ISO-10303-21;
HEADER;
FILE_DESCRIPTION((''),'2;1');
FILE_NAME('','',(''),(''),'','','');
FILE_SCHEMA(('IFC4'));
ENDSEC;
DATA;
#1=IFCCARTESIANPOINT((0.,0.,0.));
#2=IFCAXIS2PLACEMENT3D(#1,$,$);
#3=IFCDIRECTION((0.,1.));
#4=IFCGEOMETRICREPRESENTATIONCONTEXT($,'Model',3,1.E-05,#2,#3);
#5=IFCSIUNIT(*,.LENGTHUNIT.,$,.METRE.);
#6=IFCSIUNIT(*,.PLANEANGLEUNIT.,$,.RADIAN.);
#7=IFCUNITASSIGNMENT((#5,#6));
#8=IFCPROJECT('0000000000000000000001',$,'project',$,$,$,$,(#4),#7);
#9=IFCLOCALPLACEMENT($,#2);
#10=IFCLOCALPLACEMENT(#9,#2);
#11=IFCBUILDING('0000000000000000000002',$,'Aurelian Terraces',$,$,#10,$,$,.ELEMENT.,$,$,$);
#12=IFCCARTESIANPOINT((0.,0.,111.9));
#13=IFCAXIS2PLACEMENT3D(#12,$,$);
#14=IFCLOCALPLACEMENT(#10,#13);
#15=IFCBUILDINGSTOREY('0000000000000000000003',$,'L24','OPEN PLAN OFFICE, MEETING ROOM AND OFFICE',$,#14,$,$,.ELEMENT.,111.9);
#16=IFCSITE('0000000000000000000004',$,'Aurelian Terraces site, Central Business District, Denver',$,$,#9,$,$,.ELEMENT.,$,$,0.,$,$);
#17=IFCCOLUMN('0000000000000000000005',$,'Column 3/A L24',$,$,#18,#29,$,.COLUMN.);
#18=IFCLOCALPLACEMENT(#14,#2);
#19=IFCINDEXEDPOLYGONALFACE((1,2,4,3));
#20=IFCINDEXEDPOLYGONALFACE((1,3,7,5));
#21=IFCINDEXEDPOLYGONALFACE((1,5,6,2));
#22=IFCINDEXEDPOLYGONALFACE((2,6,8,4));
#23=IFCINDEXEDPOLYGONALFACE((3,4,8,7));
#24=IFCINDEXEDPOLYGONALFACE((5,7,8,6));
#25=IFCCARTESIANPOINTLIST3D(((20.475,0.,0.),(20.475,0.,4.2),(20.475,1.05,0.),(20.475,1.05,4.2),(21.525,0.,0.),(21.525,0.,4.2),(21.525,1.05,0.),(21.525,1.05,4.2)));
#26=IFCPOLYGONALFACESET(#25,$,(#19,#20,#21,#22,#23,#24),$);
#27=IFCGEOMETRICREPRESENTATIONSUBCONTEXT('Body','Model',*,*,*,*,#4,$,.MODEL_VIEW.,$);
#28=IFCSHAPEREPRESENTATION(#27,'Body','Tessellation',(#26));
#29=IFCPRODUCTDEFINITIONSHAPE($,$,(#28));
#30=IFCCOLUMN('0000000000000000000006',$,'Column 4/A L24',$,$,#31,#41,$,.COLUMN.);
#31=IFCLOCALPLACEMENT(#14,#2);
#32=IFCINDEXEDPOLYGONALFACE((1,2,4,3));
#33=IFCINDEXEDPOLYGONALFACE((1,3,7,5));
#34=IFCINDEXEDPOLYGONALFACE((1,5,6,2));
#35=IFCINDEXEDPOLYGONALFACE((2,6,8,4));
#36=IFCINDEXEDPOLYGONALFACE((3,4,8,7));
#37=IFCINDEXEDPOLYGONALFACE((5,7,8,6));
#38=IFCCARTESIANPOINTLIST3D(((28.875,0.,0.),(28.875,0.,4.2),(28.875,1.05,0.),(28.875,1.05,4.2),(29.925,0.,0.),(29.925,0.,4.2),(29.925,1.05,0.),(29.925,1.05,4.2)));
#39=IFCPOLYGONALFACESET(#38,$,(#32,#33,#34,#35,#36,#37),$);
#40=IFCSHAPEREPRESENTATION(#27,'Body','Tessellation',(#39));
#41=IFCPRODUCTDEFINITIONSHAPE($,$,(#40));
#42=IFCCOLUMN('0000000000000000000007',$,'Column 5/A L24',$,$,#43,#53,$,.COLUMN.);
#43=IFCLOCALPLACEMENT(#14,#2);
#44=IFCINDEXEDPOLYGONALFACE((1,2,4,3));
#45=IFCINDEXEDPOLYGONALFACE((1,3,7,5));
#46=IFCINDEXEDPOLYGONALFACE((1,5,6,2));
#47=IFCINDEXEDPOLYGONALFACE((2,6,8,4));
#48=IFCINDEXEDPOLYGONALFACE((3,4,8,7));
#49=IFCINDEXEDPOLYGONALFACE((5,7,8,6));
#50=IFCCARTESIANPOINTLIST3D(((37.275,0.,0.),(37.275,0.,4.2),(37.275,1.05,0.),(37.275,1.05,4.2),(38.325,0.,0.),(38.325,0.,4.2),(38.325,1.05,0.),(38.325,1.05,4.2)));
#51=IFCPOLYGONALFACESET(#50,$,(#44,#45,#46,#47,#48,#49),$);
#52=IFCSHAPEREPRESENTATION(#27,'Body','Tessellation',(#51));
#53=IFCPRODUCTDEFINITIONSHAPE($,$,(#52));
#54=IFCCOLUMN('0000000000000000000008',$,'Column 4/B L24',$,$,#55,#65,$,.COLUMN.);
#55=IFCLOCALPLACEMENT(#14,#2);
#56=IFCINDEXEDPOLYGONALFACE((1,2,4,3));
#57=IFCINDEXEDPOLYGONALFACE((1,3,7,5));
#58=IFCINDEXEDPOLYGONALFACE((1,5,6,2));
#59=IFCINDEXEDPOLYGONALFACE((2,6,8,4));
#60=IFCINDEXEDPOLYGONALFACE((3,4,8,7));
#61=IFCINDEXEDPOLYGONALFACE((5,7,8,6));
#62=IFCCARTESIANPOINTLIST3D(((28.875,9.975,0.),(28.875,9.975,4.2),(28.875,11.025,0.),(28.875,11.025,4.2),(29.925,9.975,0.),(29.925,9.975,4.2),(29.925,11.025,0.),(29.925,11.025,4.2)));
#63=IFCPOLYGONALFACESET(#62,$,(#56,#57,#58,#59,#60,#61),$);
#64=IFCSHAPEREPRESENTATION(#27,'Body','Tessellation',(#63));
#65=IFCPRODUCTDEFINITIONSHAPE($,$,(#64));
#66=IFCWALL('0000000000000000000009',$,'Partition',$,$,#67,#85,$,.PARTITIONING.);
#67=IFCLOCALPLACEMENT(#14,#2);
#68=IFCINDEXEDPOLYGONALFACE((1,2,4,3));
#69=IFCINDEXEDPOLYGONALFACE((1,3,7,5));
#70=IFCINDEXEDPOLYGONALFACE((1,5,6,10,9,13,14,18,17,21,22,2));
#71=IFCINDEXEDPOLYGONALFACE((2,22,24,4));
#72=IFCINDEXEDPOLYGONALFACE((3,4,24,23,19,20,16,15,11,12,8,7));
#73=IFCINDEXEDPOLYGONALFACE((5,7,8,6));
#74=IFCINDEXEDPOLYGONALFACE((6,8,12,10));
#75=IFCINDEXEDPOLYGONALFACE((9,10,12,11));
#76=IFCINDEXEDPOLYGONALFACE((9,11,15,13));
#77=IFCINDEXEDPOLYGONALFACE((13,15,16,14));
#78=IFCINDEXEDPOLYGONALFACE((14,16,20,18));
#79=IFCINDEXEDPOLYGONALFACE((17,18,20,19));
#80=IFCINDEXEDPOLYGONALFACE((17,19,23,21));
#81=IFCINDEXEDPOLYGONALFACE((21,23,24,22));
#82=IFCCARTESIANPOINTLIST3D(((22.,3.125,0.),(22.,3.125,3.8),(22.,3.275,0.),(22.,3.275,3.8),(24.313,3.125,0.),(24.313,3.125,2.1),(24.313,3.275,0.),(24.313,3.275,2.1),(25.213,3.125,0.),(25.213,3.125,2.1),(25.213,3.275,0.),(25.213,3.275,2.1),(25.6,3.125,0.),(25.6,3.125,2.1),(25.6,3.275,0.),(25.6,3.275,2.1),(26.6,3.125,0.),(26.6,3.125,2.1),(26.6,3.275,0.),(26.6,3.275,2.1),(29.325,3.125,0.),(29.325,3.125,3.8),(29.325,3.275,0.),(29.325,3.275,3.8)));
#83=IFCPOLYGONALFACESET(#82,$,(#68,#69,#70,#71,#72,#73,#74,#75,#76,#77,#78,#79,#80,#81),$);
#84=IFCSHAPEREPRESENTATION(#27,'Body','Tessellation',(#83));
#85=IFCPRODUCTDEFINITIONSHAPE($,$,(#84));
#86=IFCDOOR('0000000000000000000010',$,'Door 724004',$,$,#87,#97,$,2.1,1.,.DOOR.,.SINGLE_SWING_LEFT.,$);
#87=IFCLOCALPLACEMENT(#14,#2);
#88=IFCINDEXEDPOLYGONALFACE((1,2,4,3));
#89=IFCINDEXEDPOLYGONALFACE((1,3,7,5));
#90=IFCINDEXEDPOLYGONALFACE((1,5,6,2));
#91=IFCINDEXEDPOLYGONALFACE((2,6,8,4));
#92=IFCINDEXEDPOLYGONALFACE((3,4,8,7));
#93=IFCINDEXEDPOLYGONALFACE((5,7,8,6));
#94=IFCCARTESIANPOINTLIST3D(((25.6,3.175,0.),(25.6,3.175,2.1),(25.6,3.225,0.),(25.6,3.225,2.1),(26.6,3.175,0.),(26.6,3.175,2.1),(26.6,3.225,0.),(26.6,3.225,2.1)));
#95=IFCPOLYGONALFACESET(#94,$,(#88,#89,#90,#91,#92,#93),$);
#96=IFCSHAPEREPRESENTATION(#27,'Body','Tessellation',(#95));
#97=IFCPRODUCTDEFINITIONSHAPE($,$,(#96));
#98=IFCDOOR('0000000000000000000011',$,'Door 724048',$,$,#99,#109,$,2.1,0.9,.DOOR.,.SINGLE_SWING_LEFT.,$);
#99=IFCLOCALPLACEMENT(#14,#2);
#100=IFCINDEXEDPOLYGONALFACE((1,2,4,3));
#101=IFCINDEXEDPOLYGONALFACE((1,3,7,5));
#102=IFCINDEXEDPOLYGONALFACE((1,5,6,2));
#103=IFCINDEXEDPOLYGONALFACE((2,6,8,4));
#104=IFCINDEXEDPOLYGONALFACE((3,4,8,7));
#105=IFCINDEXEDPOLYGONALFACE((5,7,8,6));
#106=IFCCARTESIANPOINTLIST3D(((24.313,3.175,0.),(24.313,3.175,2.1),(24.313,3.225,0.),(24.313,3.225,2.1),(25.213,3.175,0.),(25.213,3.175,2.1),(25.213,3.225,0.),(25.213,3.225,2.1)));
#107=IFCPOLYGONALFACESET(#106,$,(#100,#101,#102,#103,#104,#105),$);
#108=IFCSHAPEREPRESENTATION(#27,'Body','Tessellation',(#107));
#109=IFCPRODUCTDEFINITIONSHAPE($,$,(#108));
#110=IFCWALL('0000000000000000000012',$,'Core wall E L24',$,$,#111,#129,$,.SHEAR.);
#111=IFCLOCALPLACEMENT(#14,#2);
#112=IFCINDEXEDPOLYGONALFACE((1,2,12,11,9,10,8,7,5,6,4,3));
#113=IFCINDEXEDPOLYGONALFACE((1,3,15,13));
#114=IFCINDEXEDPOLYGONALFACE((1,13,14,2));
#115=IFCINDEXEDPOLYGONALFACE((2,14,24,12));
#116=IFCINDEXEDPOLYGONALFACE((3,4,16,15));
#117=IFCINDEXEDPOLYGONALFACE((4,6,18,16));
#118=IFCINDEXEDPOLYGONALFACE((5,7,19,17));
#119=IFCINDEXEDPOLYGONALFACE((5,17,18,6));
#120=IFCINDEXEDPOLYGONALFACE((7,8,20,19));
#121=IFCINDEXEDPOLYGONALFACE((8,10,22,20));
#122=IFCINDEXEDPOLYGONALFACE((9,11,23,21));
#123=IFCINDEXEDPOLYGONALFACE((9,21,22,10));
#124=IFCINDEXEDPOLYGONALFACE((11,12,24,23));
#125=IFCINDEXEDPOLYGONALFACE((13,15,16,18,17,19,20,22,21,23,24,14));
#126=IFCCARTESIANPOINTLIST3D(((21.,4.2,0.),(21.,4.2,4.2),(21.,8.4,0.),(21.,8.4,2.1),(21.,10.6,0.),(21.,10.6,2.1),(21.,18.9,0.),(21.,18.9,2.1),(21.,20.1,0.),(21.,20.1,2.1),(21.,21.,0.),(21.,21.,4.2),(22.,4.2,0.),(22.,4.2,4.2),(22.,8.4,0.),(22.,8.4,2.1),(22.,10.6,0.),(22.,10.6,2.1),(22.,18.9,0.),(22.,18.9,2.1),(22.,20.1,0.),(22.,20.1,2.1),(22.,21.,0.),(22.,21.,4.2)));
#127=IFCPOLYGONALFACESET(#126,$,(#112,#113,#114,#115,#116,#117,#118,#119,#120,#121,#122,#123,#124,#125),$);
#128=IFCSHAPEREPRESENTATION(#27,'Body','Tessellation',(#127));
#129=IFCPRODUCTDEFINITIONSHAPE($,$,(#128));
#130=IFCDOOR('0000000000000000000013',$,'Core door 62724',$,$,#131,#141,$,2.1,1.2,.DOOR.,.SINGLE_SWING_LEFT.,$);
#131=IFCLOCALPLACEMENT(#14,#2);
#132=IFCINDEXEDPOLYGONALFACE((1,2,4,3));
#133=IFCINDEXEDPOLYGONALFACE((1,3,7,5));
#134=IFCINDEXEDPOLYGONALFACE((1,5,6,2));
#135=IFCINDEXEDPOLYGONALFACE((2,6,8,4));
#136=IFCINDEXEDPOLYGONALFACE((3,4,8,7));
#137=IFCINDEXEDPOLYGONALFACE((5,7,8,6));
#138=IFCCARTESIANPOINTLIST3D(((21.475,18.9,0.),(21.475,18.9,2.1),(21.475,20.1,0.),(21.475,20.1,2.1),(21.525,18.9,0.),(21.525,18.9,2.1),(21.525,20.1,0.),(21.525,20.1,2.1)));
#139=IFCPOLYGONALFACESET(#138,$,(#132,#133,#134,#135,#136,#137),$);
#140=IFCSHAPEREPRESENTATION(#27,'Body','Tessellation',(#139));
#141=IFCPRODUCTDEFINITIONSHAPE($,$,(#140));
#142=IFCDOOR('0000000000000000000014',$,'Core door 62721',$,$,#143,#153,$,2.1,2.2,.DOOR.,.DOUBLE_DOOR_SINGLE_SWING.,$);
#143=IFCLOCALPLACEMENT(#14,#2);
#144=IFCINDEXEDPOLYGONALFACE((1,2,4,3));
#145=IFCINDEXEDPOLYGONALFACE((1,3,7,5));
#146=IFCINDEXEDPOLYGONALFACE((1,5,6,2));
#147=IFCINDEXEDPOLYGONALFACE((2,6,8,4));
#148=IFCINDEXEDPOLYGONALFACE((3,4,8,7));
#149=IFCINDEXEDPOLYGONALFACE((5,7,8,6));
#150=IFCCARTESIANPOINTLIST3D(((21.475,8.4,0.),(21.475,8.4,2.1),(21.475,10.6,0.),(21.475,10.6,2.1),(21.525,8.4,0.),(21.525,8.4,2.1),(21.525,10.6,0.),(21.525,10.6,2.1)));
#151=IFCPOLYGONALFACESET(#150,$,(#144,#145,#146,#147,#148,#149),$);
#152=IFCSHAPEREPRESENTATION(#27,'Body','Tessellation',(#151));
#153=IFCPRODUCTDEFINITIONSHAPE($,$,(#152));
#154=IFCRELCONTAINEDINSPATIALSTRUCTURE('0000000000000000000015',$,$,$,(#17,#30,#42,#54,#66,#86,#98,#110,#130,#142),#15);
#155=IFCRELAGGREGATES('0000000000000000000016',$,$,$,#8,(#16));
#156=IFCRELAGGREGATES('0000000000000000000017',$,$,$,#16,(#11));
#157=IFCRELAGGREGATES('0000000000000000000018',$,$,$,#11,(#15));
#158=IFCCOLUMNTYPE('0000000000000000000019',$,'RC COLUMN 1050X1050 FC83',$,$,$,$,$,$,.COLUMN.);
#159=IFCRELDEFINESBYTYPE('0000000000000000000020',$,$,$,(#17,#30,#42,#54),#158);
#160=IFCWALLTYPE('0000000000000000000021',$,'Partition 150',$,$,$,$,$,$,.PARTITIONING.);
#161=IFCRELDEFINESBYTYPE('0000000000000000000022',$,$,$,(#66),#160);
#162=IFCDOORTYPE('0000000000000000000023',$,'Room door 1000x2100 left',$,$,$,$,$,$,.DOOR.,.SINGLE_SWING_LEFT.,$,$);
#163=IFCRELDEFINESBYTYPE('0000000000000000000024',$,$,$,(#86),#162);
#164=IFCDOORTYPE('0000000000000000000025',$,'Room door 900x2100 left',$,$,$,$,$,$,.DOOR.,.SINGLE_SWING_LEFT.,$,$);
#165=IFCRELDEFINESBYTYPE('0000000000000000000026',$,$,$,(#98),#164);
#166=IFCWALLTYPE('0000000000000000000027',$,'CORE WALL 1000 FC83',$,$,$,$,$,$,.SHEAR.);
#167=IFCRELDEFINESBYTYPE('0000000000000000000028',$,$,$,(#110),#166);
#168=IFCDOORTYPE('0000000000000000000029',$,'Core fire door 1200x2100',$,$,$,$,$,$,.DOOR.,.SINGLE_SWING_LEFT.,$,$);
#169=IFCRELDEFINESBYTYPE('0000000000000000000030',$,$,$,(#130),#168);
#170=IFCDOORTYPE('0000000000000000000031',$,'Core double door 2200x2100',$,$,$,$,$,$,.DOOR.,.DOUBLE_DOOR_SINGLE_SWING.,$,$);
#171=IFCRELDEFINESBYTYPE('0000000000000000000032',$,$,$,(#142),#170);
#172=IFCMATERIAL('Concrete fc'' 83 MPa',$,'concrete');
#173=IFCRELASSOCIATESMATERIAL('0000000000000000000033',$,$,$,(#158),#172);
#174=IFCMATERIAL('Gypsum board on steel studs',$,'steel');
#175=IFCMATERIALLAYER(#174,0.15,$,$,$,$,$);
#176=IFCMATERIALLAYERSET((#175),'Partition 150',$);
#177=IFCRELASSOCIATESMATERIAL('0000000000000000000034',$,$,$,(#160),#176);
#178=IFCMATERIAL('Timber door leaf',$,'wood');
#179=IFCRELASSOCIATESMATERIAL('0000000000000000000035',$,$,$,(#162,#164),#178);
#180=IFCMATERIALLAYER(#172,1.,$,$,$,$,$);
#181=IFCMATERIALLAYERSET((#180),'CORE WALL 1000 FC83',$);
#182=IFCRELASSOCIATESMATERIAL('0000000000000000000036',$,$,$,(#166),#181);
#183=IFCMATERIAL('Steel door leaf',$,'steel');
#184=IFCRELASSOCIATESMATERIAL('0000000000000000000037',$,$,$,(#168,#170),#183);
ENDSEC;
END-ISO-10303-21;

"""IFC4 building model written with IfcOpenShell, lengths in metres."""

from ifc_helpers import new_model, si_unit, direction, frame, frame_2d, origin, origin_2d, place, context, subcontext, project, spatial, rectangle, extrude, source, transform, mapped, material, layer, layer_set, material_profile, profile_set, type_object, element, fill, save


model = new_model("IFC4")

# Units and contexts
model_context = context("Model", 3, precision=1e-05, world=origin(), true_north=direction((0.0, 1.0)))
body_context = subcontext(model_context, "Body", "Model", "MODEL_VIEW")
ifc_project = project(units=[si_unit("LENGTHUNIT", "METRE"), si_unit("PLANEANGLEUNIT", "RADIAN")], contexts=[model_context])

# Site, building, storey
site_placement = place(None, origin())
site = spatial("IfcSite", under=ifc_project, at=site_placement, Name="Aurelian Terraces site, Central Business District, Denver", CompositionType="ELEMENT", RefElevation=0.0)
building_placement = place(site_placement, origin())
building = spatial("IfcBuilding", under=site, at=building_placement, Name="Aurelian Terraces", CompositionType="ELEMENT")
storey_placement = place(building_placement, frame((0.0, 0.0, 111.9)))
storey = spatial("IfcBuildingStorey", under=building, at=storey_placement, Name="L24", Description="OPEN PLAN OFFICE, MEETING ROOM AND OFFICE", CompositionType="ELEMENT", Elevation=111.9)

# Columns
ifc_material_1 = material(Name="Concrete fc' 83 MPa", Category="concrete")
ifc_material_profile = material_profile(ifc_material_1, rectangle(XDim=1.05, YDim=1.05, at=origin_2d()))
ifc_profile_set = profile_set([ifc_material_profile], Name="Concrete fc' 83 MPa")
column_type = type_object("IfcColumnType", Name="RC COLUMN 1050X1050 FC83", PredefinedType="COLUMN", material=ifc_profile_set)
shared_shape_1 = source(origin(), body_context, "Body", "SweptSolid", [
    extrude(rectangle(XDim=1.05, YDim=1.05, at=origin_2d()), origin(), (0.0, 0.0, 1.0), 4.2),
])
for number, where, z_axis, x_axis, name in (
    (1, (21.0, 0.525, 0.0), (0.0, 0.0, 1.0), (1.0, 0.0, 0.0), "Column 3/A L24"),
    (2, (29.4, 0.525, 0.0), (0.0, 0.0, 1.0), (1.0, 0.0, 0.0), "Column 4/A L24"),
    (3, (37.8, 0.525, 0.0), (0.0, 0.0, 1.0), (1.0, 0.0, 0.0), "Column 5/A L24"),
    (4, (29.4, 10.5, 0.0), (0.0, 0.0, 1.0), (1.0, 0.0, 0.0), "Column 4/B L24"),
):
    element("IfcColumn", number, at=place(storey_placement, frame(where, z_axis=z_axis, x_axis=x_axis)), inside=storey, type_object=column_type, Name=name, PredefinedType="COLUMN", context=body_context, shape_type="MappedRepresentation", body=[
        mapped(shared_shape_1, transform((0.0, 0.0, 0.0), scale=1.0)),
    ])

# Walls, openings, doors
ifc_material_2 = material(Name="Gypsum board on steel studs", Category="steel")
ifc_layer_1 = layer(ifc_material_2, 0.15)
ifc_layer_set_1 = layer_set([ifc_layer_1], Name="Partition 150")
wall_type_1 = type_object("IfcWallType", Name="Partition 150", PredefinedType="PARTITIONING", material=ifc_layer_set_1)
wall_1_placement = place(storey_placement, frame((22.0, 3.2, 0.0), z_axis=(0.0, 0.0, 1.0), x_axis=(1.0, 0.0, 0.0)))
wall_1 = element("IfcWall", 5, at=wall_1_placement, inside=storey, type_object=wall_type_1, Name="Partition", PredefinedType="PARTITIONING", context=body_context, shape_type="SweptSolid", body=[
    extrude(rectangle(XDim=7.325, YDim=0.15, at=frame_2d((3.6625, 0.0))), origin(), (0.0, 0.0, 1.0), 3.8),
])
shared_shape_2 = source(origin(), body_context, "Body", "SweptSolid", [
    extrude(rectangle(XDim=1.0, YDim=2.1, at=frame_2d((0.5, 1.05))), frame((0.0, 0.085, 0.0), z_axis=(0.0, -1.0, 0.0), x_axis=(1.0, 0.0, 0.0)), (0.0, 0.0, 1.0), 0.17),
])
opening_1_placement = place(wall_1_placement, frame((3.6, 0.0, 0.0)))
opening_1 = element("IfcOpeningElement", 6, at=opening_1_placement, cuts=wall_1, PredefinedType="OPENING", context=body_context, shape_type="MappedRepresentation", body=[
    mapped(shared_shape_2, transform((0.0, 0.0, 0.0), scale=1.0)),
])
shared_shape_3 = source(origin(), body_context, "Body", "SweptSolid", [
    extrude(rectangle(XDim=0.9, YDim=2.1, at=frame_2d((0.45, 1.05))), frame((0.0, 0.085, 0.0), z_axis=(0.0, -1.0, 0.0), x_axis=(1.0, 0.0, 0.0)), (0.0, 0.0, 1.0), 0.17),
])
opening_2_placement = place(wall_1_placement, frame((2.313, 0.0, 0.0)))
opening_2 = element("IfcOpeningElement", 7, at=opening_2_placement, cuts=wall_1, PredefinedType="OPENING", context=body_context, shape_type="MappedRepresentation", body=[
    mapped(shared_shape_3, transform((0.0, 0.0, 0.0), scale=1.0)),
])
ifc_material_3 = material(Name="Timber door leaf", Category="wood")
door_type_1 = type_object("IfcDoorType", Name="Room door 1000x2100 left", OperationType="SINGLE_SWING_LEFT", PredefinedType="DOOR", material=ifc_material_3)
shared_shape_4 = source(origin(), body_context, "Body", "SweptSolid", [
    extrude(rectangle(XDim=1.0, YDim=2.1, at=frame_2d((0.5, 1.05))), frame((0.0, 0.025, 0.0), z_axis=(0.0, -1.0, 0.0), x_axis=(1.0, 0.0, 0.0)), (0.0, 0.0, 1.0), 0.05),
])
door_1_placement = place(opening_1_placement, origin())
door_1 = element("IfcDoor", 8, at=door_1_placement, inside=storey, type_object=door_type_1, Name="Door 724004", OperationType="SINGLE_SWING_LEFT", OverallHeight=2.1, OverallWidth=1.0, PredefinedType="DOOR", context=body_context, shape_type="MappedRepresentation", body=[
    mapped(shared_shape_4, transform((0.0, 0.0, 0.0), scale=1.0)),
])
fill(opening_1, door_1)
door_type_2 = type_object("IfcDoorType", Name="Room door 900x2100 left", OperationType="SINGLE_SWING_LEFT", PredefinedType="DOOR", material=ifc_material_3)
shared_shape_5 = source(origin(), body_context, "Body", "SweptSolid", [
    extrude(rectangle(XDim=0.9, YDim=2.1, at=frame_2d((0.45, 1.05))), frame((0.0, 0.025, 0.0), z_axis=(0.0, -1.0, 0.0), x_axis=(1.0, 0.0, 0.0)), (0.0, 0.0, 1.0), 0.05),
])
door_2_placement = place(opening_2_placement, origin())
door_2 = element("IfcDoor", 9, at=door_2_placement, inside=storey, type_object=door_type_2, Name="Door 724048", OperationType="SINGLE_SWING_LEFT", OverallHeight=2.1, OverallWidth=0.9, PredefinedType="DOOR", context=body_context, shape_type="MappedRepresentation", body=[
    mapped(shared_shape_5, transform((0.0, 0.0, 0.0), scale=1.0)),
])
fill(opening_2, door_2)
ifc_layer_2 = layer(ifc_material_1, 1.0)
ifc_layer_set_2 = layer_set([ifc_layer_2], Name="CORE WALL 1000 FC83")
wall_type_2 = type_object("IfcWallType", Name="CORE WALL 1000 FC83", PredefinedType="SHEAR", material=ifc_layer_set_2)
shared_shape_6 = source(origin(), body_context, "Body", "SweptSolid", [
    extrude(rectangle(XDim=16.8, YDim=1.0, at=frame_2d((8.4, 0.0))), origin(), (0.0, 0.0, 1.0), 4.2),
])
wall_2_placement = place(storey_placement, frame((21.5, 4.2, 0.0), z_axis=(0.0, 0.0, 1.0), x_axis=(0.0, 1.0, 0.0)))
wall_2 = element("IfcWall", 10, at=wall_2_placement, inside=storey, type_object=wall_type_2, Name="Core wall E L24", PredefinedType="SHEAR", context=body_context, shape_type="MappedRepresentation", body=[
    mapped(shared_shape_6, transform((0.0, 0.0, 0.0), scale=1.0)),
])
shared_shape_7 = source(origin(), body_context, "Body", "SweptSolid", [
    extrude(rectangle(XDim=2.2, YDim=2.1, at=frame_2d((1.1, 1.05))), frame((0.0, 0.51, 0.0), z_axis=(0.0, -1.0, 0.0), x_axis=(1.0, 0.0, 0.0)), (0.0, 0.0, 1.0), 1.02),
])
opening_3_placement = place(wall_2_placement, frame((4.2, 0.0, 0.0)))
opening_3 = element("IfcOpeningElement", 11, at=opening_3_placement, cuts=wall_2, PredefinedType="OPENING", context=body_context, shape_type="MappedRepresentation", body=[
    mapped(shared_shape_7, transform((0.0, 0.0, 0.0), scale=1.0)),
])
shared_shape_8 = source(origin(), body_context, "Body", "SweptSolid", [
    extrude(rectangle(XDim=1.2, YDim=2.1, at=frame_2d((0.6, 1.05))), frame((0.0, 0.51, 0.0), z_axis=(0.0, -1.0, 0.0), x_axis=(1.0, 0.0, 0.0)), (0.0, 0.0, 1.0), 1.02),
])
opening_4_placement = place(wall_2_placement, frame((14.7, 0.0, 0.0)))
opening_4 = element("IfcOpeningElement", 12, at=opening_4_placement, cuts=wall_2, PredefinedType="OPENING", context=body_context, shape_type="MappedRepresentation", body=[
    mapped(shared_shape_8, transform((0.0, 0.0, 0.0), scale=1.0)),
])
ifc_material_4 = material(Name="Steel door leaf", Category="steel")
door_type_3 = type_object("IfcDoorType", Name="Core fire door 1200x2100", OperationType="SINGLE_SWING_LEFT", PredefinedType="DOOR", material=ifc_material_4)
shared_shape_9 = source(origin(), body_context, "Body", "SweptSolid", [
    extrude(rectangle(XDim=1.2, YDim=2.1, at=frame_2d((0.6, 1.05))), frame((0.0, 0.025, 0.0), z_axis=(0.0, -1.0, 0.0), x_axis=(1.0, 0.0, 0.0)), (0.0, 0.0, 1.0), 0.05),
])
door_3_placement = place(opening_4_placement, origin())
door_3 = element("IfcDoor", 13, at=door_3_placement, inside=storey, type_object=door_type_3, Name="Core door 62724", OperationType="SINGLE_SWING_LEFT", OverallHeight=2.1, OverallWidth=1.2, PredefinedType="DOOR", context=body_context, shape_type="MappedRepresentation", body=[
    mapped(shared_shape_9, transform((0.0, 0.0, 0.0), scale=1.0)),
])
fill(opening_4, door_3)
door_type_4 = type_object("IfcDoorType", Name="Core double door 2200x2100", OperationType="DOUBLE_DOOR_SINGLE_SWING", PredefinedType="DOOR", material=ifc_material_4)
shared_shape_10 = source(origin(), body_context, "Body", "SweptSolid", [
    extrude(rectangle(XDim=2.2, YDim=2.1, at=frame_2d((1.1, 1.05))), frame((0.0, 0.025, 0.0), z_axis=(0.0, -1.0, 0.0), x_axis=(1.0, 0.0, 0.0)), (0.0, 0.0, 1.0), 0.05),
])
door_4_placement = place(opening_3_placement, origin())
door_4 = element("IfcDoor", 14, at=door_4_placement, inside=storey, type_object=door_type_4, Name="Core door 62721", OperationType="DOUBLE_DOOR_SINGLE_SWING", OverallHeight=2.1, OverallWidth=2.2, PredefinedType="DOOR", context=body_context, shape_type="MappedRepresentation", body=[
    mapped(shared_shape_10, transform((0.0, 0.0, 0.0), scale=1.0)),
])
fill(opening_3, door_4)

save(model, "model.ifc")
